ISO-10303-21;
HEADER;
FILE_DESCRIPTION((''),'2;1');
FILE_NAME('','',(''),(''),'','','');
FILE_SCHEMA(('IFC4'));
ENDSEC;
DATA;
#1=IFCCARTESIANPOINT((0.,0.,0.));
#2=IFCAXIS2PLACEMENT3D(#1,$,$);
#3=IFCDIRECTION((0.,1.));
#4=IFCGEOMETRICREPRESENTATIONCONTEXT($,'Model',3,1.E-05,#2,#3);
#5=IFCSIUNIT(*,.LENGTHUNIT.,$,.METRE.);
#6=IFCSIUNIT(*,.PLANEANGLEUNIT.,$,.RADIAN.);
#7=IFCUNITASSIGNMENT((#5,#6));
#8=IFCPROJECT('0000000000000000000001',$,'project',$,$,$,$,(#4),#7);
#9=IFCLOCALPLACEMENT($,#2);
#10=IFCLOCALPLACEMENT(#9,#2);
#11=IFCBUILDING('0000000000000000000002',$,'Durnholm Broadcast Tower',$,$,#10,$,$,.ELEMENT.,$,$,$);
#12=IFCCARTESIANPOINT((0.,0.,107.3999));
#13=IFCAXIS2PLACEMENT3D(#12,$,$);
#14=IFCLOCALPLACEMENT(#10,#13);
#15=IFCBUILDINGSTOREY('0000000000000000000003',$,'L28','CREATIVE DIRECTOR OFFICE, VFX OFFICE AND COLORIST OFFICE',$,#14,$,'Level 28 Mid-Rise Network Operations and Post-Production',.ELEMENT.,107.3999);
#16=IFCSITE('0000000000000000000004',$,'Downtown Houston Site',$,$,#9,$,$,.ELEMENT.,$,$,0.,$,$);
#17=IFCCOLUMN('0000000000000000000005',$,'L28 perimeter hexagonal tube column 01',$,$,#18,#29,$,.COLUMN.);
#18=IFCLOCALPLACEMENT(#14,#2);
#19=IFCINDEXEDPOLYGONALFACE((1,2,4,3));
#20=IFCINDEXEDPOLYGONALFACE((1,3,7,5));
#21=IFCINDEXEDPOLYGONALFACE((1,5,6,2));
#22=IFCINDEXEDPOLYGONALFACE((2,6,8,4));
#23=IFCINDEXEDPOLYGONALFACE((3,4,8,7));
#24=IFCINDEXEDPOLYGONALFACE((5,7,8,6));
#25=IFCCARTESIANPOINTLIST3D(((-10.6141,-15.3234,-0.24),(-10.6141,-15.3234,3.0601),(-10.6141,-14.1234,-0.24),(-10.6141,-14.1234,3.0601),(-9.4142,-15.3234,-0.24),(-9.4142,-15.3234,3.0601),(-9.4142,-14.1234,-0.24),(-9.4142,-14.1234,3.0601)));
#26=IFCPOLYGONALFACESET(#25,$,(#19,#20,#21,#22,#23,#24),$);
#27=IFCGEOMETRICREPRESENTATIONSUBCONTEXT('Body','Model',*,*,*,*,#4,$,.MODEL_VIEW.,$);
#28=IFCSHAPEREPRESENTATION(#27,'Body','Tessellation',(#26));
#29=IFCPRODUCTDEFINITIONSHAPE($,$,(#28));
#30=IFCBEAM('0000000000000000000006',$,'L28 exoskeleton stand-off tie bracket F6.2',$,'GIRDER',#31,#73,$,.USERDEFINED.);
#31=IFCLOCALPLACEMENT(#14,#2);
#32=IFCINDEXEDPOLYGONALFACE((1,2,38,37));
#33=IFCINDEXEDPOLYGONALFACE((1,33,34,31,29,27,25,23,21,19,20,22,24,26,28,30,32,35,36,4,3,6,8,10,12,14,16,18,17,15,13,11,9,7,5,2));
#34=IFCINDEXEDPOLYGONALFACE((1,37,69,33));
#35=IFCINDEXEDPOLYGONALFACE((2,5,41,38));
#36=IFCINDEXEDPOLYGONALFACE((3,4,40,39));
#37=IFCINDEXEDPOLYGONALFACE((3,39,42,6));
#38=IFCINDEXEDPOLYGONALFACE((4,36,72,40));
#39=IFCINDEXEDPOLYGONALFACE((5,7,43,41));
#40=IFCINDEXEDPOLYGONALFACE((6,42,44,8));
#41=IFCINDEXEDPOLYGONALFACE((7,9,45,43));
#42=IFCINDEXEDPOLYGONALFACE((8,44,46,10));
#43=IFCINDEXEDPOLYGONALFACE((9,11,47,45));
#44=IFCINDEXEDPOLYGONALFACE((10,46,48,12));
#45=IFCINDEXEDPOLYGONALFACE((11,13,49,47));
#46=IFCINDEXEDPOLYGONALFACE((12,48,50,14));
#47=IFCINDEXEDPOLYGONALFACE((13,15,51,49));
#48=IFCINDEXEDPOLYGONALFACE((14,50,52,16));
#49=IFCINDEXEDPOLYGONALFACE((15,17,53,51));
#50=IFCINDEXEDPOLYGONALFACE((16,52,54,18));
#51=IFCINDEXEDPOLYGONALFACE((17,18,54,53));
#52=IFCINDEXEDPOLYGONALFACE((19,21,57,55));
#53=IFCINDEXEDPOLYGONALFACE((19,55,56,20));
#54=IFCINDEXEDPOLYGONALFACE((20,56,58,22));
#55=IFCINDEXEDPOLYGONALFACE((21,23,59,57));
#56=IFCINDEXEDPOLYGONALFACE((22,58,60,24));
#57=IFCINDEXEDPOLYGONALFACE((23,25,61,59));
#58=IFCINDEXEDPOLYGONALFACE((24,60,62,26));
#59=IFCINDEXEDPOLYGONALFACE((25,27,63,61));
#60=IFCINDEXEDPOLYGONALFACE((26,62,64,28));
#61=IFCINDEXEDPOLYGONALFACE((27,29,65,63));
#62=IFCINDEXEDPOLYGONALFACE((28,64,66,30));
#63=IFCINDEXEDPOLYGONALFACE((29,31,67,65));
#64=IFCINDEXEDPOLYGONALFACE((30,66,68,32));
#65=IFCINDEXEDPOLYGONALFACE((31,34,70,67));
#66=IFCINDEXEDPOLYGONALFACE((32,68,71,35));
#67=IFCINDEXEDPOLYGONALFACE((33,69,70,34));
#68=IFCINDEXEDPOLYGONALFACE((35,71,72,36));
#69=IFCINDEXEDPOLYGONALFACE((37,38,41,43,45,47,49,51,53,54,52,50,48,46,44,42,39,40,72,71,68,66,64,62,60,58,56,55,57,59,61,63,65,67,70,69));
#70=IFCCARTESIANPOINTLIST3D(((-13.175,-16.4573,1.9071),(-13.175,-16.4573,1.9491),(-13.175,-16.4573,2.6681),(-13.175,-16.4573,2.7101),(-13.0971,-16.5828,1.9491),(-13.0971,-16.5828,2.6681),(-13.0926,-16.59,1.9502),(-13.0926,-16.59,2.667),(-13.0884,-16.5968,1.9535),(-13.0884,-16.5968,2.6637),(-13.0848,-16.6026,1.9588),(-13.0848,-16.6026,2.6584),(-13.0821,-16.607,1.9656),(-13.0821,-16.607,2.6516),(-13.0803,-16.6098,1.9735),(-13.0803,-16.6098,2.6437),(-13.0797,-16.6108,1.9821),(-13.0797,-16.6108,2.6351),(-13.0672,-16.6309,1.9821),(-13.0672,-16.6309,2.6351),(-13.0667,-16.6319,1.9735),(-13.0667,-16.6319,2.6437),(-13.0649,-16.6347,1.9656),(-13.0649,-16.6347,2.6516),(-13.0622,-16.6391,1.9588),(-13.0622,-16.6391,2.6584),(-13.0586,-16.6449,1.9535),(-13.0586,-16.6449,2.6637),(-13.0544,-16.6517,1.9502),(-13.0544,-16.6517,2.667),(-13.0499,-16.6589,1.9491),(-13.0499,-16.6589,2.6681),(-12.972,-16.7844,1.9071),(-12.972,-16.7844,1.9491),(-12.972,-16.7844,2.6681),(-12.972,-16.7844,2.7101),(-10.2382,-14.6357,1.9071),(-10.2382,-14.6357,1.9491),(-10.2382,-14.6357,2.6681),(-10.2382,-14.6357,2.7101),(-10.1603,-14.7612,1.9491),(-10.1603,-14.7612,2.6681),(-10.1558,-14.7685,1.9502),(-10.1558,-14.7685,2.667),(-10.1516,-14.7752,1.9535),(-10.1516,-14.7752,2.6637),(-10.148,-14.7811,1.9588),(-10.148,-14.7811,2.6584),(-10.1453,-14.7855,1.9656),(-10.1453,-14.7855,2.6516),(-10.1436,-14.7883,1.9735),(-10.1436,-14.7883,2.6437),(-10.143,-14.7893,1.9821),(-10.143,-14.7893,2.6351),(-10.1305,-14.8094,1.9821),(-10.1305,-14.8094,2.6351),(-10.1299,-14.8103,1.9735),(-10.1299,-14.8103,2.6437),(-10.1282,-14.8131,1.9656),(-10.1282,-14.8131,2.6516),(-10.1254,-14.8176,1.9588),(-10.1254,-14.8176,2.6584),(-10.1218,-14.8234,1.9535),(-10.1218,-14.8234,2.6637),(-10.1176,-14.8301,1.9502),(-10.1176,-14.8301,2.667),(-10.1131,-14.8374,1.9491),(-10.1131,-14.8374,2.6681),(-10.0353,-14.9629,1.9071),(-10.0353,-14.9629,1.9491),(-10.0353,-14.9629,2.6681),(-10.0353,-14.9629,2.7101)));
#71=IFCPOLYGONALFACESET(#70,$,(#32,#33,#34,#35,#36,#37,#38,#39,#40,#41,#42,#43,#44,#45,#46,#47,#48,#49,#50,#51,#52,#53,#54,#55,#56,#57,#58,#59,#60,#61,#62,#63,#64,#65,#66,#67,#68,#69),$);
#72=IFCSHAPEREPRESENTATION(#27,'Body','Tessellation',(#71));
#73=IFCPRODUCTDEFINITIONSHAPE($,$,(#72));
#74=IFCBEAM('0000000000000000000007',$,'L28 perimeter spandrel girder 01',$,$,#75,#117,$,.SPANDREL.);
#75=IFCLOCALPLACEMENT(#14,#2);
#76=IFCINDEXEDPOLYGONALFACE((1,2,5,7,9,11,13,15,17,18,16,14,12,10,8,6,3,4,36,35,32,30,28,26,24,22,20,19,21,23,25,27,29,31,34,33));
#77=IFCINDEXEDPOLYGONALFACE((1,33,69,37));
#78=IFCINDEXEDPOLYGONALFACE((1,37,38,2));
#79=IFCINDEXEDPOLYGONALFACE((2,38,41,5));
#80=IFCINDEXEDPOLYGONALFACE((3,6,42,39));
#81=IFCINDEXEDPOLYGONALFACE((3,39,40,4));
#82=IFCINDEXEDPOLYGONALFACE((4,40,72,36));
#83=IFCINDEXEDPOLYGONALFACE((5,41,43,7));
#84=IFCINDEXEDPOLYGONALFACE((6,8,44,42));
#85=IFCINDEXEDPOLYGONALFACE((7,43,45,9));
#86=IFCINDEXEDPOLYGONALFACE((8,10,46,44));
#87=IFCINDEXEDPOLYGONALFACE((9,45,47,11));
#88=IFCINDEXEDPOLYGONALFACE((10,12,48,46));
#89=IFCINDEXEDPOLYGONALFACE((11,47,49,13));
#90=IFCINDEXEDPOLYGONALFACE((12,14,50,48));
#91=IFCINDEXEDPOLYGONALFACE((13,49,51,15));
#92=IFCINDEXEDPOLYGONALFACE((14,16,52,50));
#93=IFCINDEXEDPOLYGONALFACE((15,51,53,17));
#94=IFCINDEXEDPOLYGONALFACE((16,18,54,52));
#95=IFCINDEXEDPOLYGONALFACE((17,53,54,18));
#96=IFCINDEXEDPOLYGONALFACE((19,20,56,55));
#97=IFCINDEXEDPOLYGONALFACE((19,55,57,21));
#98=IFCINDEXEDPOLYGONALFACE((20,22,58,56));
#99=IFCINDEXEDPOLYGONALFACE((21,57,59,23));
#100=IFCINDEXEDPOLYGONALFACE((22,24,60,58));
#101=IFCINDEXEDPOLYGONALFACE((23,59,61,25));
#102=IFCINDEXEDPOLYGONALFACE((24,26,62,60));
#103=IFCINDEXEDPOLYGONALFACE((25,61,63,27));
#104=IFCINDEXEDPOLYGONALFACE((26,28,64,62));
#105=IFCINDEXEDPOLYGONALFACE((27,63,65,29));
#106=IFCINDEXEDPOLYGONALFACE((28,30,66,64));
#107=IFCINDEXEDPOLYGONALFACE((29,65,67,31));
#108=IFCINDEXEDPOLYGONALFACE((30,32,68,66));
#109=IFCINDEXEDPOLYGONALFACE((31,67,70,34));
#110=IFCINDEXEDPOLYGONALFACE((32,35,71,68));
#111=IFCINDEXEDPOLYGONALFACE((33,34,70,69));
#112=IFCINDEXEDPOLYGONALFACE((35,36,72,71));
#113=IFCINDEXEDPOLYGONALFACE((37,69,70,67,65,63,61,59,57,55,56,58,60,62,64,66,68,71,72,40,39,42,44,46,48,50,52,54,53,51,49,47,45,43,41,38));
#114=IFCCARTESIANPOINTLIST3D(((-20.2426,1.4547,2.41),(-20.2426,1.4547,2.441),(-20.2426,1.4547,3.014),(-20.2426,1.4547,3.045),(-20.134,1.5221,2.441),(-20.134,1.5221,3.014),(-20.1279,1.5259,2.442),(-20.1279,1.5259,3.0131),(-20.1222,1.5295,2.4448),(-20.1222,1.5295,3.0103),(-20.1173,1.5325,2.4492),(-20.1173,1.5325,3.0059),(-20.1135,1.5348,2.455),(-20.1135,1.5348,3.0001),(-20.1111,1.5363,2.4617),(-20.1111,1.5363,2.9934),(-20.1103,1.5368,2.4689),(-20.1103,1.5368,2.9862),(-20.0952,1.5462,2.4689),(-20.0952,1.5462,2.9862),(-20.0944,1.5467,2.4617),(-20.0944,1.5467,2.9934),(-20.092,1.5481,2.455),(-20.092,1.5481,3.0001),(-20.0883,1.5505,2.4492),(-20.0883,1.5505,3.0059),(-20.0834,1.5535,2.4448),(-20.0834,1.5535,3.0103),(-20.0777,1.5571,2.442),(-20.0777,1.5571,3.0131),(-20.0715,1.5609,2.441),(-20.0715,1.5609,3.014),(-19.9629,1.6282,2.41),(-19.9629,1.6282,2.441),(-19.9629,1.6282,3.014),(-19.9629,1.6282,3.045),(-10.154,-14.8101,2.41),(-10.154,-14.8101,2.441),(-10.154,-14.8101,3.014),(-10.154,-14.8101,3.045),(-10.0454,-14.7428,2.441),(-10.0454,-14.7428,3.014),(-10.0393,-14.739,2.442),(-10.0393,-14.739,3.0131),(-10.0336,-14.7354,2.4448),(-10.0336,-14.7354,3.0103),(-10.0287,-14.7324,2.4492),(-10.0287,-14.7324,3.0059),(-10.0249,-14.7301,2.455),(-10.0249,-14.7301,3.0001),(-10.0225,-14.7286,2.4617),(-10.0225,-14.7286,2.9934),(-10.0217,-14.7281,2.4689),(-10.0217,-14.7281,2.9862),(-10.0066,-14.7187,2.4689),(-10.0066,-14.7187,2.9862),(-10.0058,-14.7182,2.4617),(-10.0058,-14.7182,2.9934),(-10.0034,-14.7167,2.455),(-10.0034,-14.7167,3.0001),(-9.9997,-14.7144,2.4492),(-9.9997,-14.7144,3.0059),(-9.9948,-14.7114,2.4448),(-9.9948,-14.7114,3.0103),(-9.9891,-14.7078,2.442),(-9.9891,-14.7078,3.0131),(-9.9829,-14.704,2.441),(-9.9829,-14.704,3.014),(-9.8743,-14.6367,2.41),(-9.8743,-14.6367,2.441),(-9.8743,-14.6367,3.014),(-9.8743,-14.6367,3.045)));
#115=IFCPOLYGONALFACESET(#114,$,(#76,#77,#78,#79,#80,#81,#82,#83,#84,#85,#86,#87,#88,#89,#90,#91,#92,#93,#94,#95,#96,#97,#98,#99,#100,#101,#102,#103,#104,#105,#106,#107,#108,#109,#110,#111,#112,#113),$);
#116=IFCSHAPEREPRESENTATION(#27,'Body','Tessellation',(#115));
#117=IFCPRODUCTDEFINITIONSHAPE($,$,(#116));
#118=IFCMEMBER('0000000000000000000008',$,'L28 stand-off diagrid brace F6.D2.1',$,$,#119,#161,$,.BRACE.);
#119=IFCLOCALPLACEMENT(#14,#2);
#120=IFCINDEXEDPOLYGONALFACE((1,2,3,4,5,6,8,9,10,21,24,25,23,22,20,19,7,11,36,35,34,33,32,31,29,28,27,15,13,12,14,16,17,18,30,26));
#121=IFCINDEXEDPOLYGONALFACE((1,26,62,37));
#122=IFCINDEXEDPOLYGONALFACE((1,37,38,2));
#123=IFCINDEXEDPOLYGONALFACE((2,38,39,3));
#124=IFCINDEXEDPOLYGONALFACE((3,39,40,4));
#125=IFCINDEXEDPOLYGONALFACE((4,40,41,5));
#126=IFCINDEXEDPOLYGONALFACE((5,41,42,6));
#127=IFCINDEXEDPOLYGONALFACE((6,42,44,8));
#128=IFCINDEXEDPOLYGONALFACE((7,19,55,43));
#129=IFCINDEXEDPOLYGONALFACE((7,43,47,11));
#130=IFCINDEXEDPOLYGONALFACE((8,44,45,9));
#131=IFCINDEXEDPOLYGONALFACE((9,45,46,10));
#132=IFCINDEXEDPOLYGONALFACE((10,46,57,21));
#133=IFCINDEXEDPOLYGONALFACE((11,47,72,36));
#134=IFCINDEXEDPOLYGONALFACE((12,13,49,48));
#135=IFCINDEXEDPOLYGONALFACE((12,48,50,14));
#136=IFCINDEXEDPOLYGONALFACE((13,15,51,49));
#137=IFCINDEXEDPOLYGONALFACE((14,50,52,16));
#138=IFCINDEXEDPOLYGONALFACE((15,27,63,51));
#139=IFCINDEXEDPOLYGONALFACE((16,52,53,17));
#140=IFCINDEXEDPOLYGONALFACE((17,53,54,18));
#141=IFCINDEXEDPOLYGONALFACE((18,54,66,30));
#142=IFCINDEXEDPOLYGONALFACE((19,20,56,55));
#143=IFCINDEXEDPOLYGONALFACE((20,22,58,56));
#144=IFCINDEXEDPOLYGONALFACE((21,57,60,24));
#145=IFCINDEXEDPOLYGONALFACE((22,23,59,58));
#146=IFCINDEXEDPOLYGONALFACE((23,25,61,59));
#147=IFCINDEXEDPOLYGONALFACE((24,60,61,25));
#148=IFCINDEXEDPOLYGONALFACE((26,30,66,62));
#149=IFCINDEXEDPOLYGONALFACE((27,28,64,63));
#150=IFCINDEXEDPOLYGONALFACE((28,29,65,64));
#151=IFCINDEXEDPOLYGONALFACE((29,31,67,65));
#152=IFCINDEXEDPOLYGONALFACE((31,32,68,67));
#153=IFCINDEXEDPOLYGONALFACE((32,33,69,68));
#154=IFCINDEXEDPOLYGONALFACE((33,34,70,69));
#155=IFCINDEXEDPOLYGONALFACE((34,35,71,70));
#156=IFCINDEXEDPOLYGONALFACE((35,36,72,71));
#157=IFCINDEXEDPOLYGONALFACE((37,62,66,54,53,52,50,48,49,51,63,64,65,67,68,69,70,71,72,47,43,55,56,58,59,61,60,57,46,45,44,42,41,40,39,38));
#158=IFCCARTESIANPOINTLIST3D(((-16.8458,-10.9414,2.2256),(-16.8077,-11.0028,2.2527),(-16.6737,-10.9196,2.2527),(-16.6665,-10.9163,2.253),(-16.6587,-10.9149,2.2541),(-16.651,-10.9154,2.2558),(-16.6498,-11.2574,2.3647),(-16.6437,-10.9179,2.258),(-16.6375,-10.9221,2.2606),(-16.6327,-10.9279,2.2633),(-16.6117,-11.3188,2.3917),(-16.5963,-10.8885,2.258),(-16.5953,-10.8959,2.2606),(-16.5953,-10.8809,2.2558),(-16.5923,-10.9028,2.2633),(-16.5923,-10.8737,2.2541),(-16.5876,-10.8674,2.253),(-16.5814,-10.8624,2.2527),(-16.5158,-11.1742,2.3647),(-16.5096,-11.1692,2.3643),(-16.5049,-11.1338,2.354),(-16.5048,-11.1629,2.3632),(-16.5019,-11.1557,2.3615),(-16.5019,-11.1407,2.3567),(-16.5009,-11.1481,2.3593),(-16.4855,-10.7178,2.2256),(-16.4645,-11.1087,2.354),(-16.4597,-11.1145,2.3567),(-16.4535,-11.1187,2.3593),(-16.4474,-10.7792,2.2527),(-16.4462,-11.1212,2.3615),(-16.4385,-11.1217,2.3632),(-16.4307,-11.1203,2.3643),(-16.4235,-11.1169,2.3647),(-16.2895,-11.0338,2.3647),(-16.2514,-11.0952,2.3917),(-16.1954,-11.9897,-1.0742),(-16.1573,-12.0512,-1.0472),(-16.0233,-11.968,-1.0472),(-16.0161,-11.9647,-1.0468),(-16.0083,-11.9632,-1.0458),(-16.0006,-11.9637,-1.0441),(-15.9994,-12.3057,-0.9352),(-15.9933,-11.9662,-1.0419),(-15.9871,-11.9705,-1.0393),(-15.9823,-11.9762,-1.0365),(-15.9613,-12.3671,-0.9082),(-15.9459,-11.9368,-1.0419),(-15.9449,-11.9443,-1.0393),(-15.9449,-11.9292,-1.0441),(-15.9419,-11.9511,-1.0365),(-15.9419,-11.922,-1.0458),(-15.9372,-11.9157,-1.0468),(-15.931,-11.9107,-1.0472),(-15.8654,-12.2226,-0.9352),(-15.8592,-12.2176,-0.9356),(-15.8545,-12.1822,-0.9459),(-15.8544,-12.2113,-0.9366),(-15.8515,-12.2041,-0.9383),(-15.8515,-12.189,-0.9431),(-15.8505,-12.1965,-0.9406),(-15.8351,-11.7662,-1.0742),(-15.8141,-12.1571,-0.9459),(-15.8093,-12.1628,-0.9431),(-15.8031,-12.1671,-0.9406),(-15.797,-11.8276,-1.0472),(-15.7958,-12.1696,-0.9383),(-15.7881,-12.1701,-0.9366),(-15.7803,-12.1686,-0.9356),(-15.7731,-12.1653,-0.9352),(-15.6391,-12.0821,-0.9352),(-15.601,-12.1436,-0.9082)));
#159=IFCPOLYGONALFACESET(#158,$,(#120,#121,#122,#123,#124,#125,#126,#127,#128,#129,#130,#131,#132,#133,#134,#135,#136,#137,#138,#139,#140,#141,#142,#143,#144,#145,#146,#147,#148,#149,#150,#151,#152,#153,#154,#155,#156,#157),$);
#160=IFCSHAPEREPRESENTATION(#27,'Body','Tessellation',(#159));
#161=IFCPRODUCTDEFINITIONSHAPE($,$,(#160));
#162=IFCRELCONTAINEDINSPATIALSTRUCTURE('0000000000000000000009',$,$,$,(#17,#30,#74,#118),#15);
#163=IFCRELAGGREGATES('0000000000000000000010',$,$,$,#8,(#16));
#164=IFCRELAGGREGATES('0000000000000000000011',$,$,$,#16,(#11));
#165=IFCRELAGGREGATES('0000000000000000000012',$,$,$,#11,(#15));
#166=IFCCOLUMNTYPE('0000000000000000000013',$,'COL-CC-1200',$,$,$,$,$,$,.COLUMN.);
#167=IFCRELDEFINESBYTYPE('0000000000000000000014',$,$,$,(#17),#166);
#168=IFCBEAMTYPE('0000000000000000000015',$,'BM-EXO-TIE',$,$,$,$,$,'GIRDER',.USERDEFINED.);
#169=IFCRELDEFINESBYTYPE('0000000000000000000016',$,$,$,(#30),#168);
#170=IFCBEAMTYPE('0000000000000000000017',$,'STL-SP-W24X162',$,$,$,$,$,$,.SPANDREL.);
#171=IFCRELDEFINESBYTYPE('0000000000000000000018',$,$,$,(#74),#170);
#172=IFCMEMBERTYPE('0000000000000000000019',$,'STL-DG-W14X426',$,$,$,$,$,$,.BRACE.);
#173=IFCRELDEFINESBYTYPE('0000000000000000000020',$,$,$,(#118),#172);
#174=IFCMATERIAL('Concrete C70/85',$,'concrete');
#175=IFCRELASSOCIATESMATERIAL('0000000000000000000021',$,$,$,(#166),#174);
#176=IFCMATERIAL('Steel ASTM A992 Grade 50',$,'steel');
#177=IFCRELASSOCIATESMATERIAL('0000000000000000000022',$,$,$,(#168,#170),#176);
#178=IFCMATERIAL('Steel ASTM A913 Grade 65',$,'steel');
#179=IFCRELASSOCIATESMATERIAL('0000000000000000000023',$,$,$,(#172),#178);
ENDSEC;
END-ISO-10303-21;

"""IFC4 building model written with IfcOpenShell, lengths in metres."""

from ifc_helpers import new_model, si_unit, direction, frame, origin, origin_2d, place, context, subcontext, project, spatial, rectangle, i_section, extrude, source, transform, mapped, material, material_profile, profile_set, type_object, type_shapes, element, save


model = new_model("IFC4")

# Units and contexts
model_context = context("Model", 3, precision=1e-05, world=origin(), true_north=direction((0.0, 1.0)))
body_context = subcontext(model_context, "Body", "Model", "MODEL_VIEW")
ifc_project = project(units=[si_unit("LENGTHUNIT", "METRE"), si_unit("PLANEANGLEUNIT", "RADIAN")], contexts=[model_context])

# Site, building, storey
site_placement = place(None, origin())
site = spatial("IfcSite", under=ifc_project, at=site_placement, Name="Downtown Houston Site", CompositionType="ELEMENT", RefElevation=0.0)
building_placement = place(site_placement, origin())
building = spatial("IfcBuilding", under=site, at=building_placement, Name="Durnholm Broadcast Tower", CompositionType="ELEMENT")
storey_placement = place(building_placement, frame((0.0, 0.0, 107.3999)))
storey = spatial("IfcBuildingStorey", under=building, at=storey_placement, Name="L28", Description="CREATIVE DIRECTOR OFFICE, VFX OFFICE AND COLORIST OFFICE", LongName="Level 28 Mid-Rise Network Operations and Post-Production", CompositionType="ELEMENT", Elevation=107.3999)

# Column
ifc_material_1 = material(Name="Concrete C70/85", Category="concrete")
ifc_material_profile_1 = material_profile(ifc_material_1, rectangle(XDim=1.2, YDim=1.2, at=origin_2d()), Name="RC1200X1200")
ifc_profile_set_1 = profile_set([ifc_material_profile_1], Name="Concrete C70/85")
column_type = type_object("IfcColumnType", Name="COL-CC-1200", PredefinedType="COLUMN", material=ifc_profile_set_1)
shared_shape_1 = source(origin(), body_context, "Body", "SweptSolid", [
    extrude(rectangle(XDim=1.2, YDim=1.2, at=origin_2d()), origin(), (0.0, 0.0, 1.0), 3.3),
])
type_shapes(column_type, [shared_shape_1])
column_placement = place(storey_placement, frame((-10.0142, -14.7234, -0.24), z_axis=(0.0, 0.0, 1.0), x_axis=(1.0, 0.0, 0.0)))
element("IfcColumn", 1, at=column_placement, inside=storey, type_object=column_type, Name="L28 perimeter hexagonal tube column 01", PredefinedType="COLUMN", context=body_context, shape_type="MappedRepresentation", body=[
    mapped(shared_shape_1, transform((0.0, 0.0, 0.0), x_axis=(1.0, 0.0, 0.0), y_axis=(0.0, 1.0, 0.0), z_axis=(0.0, 0.0, 1.0), scale=1.0)),
])

# Beams
ifc_material_2 = material(Name="Steel ASTM A992 Grade 50", Category="steel")
ifc_material_profile_2 = material_profile(ifc_material_2, i_section(OverallWidth=0.385, OverallDepth=0.803, WebThickness=0.0237, FlangeThickness=0.042, FilletRadius=0.033, at=origin_2d()), Name="W30X261")
ifc_profile_set_2 = profile_set([ifc_material_profile_2], Name="Steel ASTM A992 Grade 50")
beam_type_1 = type_object("IfcBeamType", Name="BM-EXO-TIE", ElementType="GIRDER", PredefinedType="USERDEFINED", material=ifc_profile_set_2)
shared_shape_2 = source(origin(), body_context, "Body", "SweptSolid", [
    extrude(i_section(OverallWidth=0.385, OverallDepth=0.803, WebThickness=0.0237, FlangeThickness=0.042, FilletRadius=0.033, at=origin_2d()), origin(), (0.0, 0.0, 1.0), 3.4558),
])
type_shapes(beam_type_1, [shared_shape_2])
beam_1_placement = place(storey_placement, frame((-10.1367, -14.7993, 2.3086), z_axis=(-0.849807, -0.527094, 0.0), x_axis=(0.527094, -0.849807, 0.0)))
element("IfcBeam", 2, at=beam_1_placement, inside=storey, type_object=beam_type_1, Name="L28 exoskeleton stand-off tie bracket F6.2", ObjectType="GIRDER", PredefinedType="USERDEFINED", context=body_context, shape_type="MappedRepresentation", body=[
    mapped(shared_shape_2, transform((0.0, 0.0, 0.0), x_axis=(1.0, 0.0, 0.0), y_axis=(0.0, 1.0, 0.0), z_axis=(0.0, 0.0, 1.0), scale=1.0)),
])
ifc_material_profile_3 = material_profile(ifc_material_2, i_section(OverallWidth=0.3291, OverallDepth=0.635, WebThickness=0.0178, FlangeThickness=0.031, FilletRadius=0.0278, at=origin_2d()), Name="W24X162")
ifc_profile_set_3 = profile_set([ifc_material_profile_3], Name="Steel ASTM A992 Grade 50")
beam_type_2 = type_object("IfcBeamType", Name="STL-SP-W24X162", PredefinedType="SPANDREL", material=ifc_profile_set_3)
shared_shape_3 = source(origin(), body_context, "Body", "SweptSolid", [
    extrude(i_section(OverallWidth=0.3291, OverallDepth=0.635, WebThickness=0.0178, FlangeThickness=0.031, FilletRadius=0.0278, at=origin_2d()), origin(), (0.0, 0.0, 1.0), 19.1396),
])
type_shapes(beam_type_2, [shared_shape_3])
beam_2_placement = place(storey_placement, frame((-10.0142, -14.7234, 2.7275), z_axis=(-0.527105, 0.8498, 0.0), x_axis=(-0.8498, -0.527105, 0.0)))
element("IfcBeam", 3, at=beam_2_placement, inside=storey, type_object=beam_type_2, Name="L28 perimeter spandrel girder 01", PredefinedType="SPANDREL", context=body_context, shape_type="MappedRepresentation", body=[
    mapped(shared_shape_3, transform((0.0, 0.0, 0.0), x_axis=(1.0, 0.0, 0.0), y_axis=(0.0, 1.0, 0.0), z_axis=(0.0, 0.0, 1.0), scale=1.0)),
])

# Member
ifc_material_3 = material(Name="Steel ASTM A913 Grade 65", Category="steel")
ifc_material_profile_4 = material_profile(ifc_material_3, i_section(OverallWidth=0.4241, OverallDepth=0.4741, WebThickness=0.0476, FlangeThickness=0.0771, FilletRadius=0.0305, at=origin_2d()), Name="W14X426")
ifc_profile_set_4 = profile_set([ifc_material_profile_4], Name="Steel ASTM A913 Grade 65")
member_type_1 = type_object("IfcMemberType", Name="STL-DG-W14X426", PredefinedType="BRACE", material=ifc_profile_set_4)
shared_shape_4 = source(origin(), body_context, "Body", "SweptSolid", [
    extrude(i_section(OverallWidth=0.4241, OverallDepth=0.4741, WebThickness=0.0476, FlangeThickness=0.0771, FilletRadius=0.0305, at=origin_2d()), origin(), (0.0, 0.0, 1.0), 3.5229),
])
type_shapes(member_type_1, [shared_shape_4])
for number, where, z_axis, x_axis, name in (
    (4, (-15.8982, -12.0667, -0.9912), (-0.184619, 0.29758, 0.936676), (-0.84975, -0.527186, 0.0), "L28 stand-off diagrid brace F6.D2.1"),
):
    element("IfcMember", number, at=place(storey_placement, frame(where, z_axis=z_axis, x_axis=x_axis)), inside=storey, type_object=member_type_1, Name=name, PredefinedType="BRACE", context=body_context, shape_type="MappedRepresentation", body=[
        mapped(shared_shape_4, transform((0.0, 0.0, 0.0), x_axis=(1.0, 0.0, 0.0), y_axis=(0.0, 1.0, 0.0), z_axis=(0.0, 0.0, 1.0), scale=1.0)),
    ])

save(model, "model.ifc")
